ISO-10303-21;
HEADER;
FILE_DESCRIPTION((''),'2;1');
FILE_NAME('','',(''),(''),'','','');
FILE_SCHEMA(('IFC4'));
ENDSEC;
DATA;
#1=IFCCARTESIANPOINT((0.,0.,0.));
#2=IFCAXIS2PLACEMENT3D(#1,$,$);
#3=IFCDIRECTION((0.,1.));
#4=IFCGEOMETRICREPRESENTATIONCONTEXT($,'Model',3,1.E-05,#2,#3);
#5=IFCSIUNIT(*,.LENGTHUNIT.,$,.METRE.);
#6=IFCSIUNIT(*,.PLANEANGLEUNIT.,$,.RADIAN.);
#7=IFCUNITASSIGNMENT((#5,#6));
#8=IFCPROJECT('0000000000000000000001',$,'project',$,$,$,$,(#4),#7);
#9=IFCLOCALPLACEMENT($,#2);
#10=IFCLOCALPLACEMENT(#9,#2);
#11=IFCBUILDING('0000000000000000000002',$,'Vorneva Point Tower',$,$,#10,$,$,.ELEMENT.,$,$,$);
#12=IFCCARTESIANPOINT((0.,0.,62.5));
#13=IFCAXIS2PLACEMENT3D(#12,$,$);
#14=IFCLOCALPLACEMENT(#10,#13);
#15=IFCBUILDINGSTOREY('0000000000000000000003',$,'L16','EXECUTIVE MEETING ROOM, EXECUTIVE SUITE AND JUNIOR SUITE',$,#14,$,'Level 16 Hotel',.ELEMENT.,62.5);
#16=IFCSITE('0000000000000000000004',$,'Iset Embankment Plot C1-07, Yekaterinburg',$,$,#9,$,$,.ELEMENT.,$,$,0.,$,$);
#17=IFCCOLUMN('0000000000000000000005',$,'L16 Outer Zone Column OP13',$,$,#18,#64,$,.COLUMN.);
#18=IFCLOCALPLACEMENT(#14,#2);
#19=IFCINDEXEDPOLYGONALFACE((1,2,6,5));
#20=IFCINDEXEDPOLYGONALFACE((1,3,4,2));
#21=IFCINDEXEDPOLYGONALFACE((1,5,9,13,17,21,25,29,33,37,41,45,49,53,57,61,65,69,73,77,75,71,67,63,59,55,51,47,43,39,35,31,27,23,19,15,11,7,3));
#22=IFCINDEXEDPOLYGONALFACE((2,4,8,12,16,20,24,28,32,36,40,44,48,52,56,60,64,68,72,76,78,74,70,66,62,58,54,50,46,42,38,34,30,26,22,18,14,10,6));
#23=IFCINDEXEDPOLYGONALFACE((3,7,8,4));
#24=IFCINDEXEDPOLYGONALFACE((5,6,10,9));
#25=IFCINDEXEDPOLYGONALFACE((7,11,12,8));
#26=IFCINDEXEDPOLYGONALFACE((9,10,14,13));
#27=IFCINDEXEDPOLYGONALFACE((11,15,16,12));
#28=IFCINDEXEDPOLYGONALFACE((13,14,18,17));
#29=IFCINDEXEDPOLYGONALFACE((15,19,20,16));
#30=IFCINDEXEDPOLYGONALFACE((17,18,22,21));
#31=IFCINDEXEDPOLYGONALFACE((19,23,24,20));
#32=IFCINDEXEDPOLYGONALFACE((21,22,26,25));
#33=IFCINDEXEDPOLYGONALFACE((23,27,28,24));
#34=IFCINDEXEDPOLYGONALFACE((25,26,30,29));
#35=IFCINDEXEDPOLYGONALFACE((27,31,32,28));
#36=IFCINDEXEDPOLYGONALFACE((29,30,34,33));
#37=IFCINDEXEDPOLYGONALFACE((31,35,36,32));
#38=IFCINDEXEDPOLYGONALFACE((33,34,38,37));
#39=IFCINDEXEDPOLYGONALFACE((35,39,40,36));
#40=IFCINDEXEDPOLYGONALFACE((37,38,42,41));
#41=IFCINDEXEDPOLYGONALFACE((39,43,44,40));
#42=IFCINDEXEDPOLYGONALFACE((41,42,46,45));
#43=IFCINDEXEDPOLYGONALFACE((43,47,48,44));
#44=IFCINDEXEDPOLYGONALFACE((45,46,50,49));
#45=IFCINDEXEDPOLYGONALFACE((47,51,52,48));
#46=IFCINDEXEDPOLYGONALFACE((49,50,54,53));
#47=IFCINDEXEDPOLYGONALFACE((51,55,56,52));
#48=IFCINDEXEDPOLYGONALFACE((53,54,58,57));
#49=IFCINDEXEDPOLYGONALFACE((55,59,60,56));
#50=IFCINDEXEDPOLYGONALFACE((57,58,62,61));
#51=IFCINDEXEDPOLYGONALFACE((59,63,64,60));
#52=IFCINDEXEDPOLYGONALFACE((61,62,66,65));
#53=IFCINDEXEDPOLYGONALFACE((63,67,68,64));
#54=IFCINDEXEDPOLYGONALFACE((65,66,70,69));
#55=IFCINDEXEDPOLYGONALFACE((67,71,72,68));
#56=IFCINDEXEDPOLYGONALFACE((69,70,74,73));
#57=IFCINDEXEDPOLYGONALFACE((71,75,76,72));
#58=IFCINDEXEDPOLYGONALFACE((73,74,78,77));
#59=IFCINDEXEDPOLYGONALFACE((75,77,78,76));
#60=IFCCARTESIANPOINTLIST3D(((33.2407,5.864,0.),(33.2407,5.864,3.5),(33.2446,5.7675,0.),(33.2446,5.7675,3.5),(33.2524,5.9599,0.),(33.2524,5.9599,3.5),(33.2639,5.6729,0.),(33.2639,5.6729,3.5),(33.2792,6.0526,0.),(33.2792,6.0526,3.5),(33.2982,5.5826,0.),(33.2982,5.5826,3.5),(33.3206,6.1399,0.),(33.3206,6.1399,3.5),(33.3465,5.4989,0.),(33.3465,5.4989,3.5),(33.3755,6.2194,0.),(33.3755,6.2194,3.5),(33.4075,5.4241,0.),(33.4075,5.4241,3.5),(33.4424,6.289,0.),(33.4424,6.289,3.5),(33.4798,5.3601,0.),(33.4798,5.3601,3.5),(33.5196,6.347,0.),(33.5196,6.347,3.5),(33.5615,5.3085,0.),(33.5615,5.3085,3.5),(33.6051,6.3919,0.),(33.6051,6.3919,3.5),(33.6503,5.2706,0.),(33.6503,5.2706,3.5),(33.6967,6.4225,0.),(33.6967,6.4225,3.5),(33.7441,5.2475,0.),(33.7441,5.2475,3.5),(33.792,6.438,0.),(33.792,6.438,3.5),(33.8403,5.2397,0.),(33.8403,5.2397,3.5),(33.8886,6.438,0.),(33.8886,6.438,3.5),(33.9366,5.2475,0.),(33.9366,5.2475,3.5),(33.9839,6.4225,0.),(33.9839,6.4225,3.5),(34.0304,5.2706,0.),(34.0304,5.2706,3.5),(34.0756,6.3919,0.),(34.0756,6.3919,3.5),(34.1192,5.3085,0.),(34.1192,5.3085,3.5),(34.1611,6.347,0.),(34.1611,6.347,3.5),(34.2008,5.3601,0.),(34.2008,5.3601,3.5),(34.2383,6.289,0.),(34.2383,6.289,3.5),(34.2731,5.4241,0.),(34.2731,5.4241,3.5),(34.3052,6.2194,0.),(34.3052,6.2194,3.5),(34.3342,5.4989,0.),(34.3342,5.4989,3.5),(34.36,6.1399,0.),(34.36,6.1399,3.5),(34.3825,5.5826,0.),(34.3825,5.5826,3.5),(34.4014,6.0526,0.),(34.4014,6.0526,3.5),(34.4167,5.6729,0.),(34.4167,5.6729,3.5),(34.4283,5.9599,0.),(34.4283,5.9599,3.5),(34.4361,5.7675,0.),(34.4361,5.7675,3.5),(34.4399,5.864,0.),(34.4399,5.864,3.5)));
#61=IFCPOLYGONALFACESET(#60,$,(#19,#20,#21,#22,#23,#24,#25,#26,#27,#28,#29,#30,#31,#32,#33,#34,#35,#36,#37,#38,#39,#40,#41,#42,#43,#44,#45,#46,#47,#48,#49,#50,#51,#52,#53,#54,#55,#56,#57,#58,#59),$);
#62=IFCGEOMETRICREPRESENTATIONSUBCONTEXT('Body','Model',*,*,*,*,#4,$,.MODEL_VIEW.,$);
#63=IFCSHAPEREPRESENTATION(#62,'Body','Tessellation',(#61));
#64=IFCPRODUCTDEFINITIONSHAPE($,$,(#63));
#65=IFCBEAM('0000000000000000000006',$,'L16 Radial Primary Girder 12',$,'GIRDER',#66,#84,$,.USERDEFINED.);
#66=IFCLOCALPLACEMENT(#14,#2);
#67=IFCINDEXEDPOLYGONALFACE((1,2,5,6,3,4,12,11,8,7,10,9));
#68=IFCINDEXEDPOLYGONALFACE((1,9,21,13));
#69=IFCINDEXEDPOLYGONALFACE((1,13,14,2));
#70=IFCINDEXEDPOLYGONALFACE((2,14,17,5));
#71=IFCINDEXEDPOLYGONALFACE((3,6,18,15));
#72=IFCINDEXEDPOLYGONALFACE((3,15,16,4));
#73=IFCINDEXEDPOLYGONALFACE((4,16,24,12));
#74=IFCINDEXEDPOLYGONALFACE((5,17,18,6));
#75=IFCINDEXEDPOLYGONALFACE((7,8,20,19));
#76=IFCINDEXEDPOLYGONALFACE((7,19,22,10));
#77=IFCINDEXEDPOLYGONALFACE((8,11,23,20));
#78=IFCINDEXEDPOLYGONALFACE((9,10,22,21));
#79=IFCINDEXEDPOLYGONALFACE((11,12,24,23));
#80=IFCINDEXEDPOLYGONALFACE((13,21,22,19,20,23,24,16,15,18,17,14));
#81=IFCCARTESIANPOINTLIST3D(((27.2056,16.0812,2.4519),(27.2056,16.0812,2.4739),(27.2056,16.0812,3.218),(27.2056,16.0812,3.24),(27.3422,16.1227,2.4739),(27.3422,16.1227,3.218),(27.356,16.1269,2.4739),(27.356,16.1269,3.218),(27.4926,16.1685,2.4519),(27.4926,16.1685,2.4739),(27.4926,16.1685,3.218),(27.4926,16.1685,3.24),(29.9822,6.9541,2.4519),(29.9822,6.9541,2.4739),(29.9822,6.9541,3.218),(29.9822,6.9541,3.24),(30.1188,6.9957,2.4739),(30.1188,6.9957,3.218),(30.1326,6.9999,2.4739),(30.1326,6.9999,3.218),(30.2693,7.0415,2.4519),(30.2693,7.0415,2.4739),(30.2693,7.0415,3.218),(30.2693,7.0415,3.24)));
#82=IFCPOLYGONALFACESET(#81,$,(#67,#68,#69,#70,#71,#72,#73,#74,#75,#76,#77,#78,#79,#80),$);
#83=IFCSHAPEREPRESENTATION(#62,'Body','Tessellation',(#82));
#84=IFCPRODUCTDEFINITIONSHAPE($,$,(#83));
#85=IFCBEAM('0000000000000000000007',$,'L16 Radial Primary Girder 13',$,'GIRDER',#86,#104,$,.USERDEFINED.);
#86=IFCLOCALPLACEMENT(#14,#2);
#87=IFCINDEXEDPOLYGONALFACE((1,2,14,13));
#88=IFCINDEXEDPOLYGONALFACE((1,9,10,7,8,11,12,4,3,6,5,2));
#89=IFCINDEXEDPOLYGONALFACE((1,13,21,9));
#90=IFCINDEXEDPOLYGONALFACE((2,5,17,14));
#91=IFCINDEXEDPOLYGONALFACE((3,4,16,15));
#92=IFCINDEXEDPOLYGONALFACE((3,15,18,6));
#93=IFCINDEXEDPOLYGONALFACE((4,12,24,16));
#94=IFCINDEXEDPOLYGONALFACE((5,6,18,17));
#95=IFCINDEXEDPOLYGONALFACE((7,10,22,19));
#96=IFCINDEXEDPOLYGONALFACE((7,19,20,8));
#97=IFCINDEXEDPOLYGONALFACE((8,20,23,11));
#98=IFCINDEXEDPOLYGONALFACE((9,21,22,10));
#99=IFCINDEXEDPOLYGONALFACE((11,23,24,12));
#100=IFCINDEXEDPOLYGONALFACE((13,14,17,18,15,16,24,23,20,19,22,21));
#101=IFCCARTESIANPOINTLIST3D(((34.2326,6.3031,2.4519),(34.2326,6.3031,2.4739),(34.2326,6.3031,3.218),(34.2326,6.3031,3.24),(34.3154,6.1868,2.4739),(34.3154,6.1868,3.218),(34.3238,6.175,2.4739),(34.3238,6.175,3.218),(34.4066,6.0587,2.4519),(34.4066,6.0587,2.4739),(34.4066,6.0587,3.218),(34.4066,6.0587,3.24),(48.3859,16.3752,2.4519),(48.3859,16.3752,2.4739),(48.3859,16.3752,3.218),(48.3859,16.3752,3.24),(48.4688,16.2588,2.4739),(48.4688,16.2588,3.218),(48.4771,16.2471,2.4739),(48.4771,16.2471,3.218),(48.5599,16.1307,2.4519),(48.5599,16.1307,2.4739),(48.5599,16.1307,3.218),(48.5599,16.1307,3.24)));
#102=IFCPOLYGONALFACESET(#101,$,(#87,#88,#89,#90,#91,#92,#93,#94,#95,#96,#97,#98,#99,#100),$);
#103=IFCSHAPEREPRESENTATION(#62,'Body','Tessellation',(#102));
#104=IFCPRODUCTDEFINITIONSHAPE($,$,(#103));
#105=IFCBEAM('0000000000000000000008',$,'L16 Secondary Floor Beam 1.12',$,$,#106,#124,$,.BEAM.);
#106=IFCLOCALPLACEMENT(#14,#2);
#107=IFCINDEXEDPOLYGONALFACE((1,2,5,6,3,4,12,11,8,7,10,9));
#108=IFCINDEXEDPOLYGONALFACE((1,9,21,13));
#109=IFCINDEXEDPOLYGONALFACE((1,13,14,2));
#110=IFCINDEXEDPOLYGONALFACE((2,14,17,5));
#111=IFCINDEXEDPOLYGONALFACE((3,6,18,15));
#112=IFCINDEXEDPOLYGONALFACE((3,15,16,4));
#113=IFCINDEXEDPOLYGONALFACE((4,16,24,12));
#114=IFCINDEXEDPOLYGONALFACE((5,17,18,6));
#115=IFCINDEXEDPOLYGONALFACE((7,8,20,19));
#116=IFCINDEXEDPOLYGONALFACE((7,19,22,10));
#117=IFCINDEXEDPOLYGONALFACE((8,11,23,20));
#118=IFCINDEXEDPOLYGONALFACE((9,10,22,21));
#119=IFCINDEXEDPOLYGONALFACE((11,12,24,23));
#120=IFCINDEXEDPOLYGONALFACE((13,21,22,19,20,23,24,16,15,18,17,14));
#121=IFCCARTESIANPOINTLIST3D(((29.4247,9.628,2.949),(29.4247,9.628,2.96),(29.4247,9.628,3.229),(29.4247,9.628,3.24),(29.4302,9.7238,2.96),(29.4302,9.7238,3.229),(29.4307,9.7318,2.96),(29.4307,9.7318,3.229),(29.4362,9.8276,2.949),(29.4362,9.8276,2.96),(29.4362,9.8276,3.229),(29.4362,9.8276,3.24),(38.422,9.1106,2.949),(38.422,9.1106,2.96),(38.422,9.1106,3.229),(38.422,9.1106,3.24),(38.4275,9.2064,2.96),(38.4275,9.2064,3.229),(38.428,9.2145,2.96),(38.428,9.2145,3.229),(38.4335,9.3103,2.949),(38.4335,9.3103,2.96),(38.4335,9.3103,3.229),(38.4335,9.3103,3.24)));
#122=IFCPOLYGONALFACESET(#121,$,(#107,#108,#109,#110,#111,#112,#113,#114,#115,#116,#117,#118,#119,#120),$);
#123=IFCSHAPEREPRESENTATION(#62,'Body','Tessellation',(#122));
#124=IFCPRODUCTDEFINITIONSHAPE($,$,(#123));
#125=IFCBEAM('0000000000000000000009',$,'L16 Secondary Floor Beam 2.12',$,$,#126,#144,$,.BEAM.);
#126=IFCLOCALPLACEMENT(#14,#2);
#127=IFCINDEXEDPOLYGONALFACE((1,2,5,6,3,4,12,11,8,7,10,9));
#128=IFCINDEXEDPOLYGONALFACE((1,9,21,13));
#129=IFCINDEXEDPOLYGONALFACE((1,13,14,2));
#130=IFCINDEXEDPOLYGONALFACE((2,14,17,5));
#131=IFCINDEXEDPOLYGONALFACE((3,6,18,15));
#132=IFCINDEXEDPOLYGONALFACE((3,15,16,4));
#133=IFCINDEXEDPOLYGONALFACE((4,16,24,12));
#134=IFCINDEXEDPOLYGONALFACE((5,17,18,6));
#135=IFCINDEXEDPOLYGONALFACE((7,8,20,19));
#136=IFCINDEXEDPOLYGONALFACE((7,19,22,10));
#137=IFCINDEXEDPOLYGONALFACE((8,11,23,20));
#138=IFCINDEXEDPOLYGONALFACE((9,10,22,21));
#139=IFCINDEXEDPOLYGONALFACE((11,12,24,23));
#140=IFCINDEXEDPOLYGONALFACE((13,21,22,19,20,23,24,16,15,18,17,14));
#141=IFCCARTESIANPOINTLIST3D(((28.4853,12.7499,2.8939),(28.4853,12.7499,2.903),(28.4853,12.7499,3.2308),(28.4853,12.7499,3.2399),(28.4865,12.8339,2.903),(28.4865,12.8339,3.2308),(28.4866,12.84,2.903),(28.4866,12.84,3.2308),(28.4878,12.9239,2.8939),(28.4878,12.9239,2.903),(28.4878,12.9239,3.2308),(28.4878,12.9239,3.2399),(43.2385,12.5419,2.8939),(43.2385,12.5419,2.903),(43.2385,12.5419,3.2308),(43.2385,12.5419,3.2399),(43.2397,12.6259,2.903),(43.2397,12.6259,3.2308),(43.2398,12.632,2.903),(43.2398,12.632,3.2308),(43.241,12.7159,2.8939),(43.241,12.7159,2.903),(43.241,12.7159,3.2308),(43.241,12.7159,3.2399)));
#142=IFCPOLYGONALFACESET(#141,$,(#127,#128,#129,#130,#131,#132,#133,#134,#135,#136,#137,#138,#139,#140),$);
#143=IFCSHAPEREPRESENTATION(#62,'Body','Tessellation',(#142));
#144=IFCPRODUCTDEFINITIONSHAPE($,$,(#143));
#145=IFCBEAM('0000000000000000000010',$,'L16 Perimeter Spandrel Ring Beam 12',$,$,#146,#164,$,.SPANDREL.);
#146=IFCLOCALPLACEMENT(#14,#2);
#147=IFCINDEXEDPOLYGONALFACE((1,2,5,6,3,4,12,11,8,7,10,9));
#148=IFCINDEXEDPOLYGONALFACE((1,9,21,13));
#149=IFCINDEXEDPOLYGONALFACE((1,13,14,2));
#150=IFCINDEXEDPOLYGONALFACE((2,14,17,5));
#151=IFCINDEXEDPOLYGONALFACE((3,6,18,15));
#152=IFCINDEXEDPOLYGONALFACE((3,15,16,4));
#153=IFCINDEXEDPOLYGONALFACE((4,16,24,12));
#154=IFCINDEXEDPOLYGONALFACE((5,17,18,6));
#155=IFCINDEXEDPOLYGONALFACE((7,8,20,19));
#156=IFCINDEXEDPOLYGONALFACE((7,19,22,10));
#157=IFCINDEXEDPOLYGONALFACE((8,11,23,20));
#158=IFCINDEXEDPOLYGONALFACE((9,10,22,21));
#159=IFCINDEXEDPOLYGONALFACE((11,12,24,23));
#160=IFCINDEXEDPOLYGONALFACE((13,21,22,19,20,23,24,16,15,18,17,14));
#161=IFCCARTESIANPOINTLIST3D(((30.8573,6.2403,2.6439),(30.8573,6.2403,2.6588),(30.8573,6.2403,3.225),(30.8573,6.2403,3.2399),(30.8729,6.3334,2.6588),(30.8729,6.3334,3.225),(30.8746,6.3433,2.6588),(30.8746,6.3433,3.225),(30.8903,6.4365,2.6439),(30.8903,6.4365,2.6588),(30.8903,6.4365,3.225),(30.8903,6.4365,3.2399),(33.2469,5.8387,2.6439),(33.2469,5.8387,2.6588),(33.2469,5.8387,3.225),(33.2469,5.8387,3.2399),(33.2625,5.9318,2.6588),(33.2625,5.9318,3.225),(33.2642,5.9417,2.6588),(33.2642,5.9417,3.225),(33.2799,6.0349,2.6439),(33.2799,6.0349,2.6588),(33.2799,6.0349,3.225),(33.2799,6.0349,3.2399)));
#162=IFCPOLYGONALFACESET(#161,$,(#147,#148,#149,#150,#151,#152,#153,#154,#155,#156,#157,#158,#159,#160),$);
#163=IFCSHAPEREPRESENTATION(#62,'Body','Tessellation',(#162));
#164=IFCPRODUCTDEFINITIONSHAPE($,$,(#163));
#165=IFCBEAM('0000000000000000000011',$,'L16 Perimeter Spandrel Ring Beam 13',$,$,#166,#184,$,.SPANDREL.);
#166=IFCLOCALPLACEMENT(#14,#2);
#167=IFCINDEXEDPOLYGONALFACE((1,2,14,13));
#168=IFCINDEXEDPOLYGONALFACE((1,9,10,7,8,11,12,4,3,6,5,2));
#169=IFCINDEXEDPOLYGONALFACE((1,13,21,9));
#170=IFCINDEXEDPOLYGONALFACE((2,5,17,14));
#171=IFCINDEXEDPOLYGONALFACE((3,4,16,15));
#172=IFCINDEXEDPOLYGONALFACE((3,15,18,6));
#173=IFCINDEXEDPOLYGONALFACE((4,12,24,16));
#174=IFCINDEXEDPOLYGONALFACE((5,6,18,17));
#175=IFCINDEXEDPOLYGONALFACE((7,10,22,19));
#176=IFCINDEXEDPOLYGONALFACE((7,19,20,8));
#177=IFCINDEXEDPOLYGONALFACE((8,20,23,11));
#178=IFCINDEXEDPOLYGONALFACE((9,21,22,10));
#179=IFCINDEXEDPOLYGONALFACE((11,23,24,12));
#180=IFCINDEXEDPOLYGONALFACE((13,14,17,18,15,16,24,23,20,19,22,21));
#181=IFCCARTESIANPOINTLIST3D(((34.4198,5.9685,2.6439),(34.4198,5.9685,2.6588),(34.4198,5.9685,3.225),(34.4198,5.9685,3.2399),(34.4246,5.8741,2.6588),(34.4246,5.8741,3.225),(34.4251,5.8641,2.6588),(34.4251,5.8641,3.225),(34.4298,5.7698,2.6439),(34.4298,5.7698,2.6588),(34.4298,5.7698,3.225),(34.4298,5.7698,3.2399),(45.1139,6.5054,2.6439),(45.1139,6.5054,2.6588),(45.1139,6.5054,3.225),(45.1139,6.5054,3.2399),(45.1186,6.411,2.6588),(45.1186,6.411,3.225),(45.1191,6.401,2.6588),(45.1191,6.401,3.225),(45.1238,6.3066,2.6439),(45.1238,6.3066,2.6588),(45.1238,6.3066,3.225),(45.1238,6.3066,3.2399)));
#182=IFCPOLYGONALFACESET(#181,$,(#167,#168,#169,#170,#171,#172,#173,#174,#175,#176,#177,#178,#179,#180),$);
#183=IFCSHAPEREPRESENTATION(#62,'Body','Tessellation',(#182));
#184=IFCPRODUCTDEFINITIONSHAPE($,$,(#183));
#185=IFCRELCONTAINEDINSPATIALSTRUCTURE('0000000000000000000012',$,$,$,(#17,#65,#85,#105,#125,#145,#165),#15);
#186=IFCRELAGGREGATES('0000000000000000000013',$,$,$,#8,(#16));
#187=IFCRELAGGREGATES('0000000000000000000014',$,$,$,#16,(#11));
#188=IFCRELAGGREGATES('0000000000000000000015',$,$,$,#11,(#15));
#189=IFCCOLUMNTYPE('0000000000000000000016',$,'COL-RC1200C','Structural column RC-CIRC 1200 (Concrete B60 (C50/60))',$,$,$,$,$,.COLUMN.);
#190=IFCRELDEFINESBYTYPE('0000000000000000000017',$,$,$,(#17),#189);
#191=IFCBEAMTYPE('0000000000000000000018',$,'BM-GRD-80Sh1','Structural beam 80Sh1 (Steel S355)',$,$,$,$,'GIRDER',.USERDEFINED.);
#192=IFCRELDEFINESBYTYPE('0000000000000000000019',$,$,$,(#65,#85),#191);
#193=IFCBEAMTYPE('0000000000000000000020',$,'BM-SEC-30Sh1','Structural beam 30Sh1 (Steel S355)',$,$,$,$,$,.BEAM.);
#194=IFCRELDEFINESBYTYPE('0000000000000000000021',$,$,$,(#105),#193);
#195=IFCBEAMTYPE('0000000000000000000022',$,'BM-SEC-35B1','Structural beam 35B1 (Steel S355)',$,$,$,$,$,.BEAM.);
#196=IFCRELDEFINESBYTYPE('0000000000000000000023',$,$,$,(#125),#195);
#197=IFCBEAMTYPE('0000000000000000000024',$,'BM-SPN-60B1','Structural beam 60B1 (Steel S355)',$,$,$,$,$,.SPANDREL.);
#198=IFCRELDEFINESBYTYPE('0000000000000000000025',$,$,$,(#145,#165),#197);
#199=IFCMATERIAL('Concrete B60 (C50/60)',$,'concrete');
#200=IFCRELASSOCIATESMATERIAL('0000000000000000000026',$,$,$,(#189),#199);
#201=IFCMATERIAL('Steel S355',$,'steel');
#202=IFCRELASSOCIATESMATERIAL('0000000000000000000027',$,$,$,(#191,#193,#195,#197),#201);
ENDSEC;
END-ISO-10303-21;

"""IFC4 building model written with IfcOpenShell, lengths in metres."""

from ifc_helpers import new_model, si_unit, direction, frame, origin, origin_2d, place, context, subcontext, project, spatial, circle, i_section, extrude, material, material_profile, profile_set, type_object, element, save


model = new_model("IFC4")

# Units and contexts
model_context = context("Model", 3, precision=1e-05, world=origin(), true_north=direction((0.0, 1.0)))
body_context = subcontext(model_context, "Body", "Model", "MODEL_VIEW")
ifc_project = project(units=[si_unit("LENGTHUNIT", "METRE"), si_unit("PLANEANGLEUNIT", "RADIAN")], contexts=[model_context])

# Site, building, storey
site_placement = place(None, origin())
site = spatial("IfcSite", under=ifc_project, at=site_placement, Name="Iset Embankment Plot C1-07, Yekaterinburg", CompositionType="ELEMENT", RefElevation=0.0)
building_placement = place(site_placement, origin())
building = spatial("IfcBuilding", under=site, at=building_placement, Name="Vorneva Point Tower", CompositionType="ELEMENT")
storey_placement = place(building_placement, frame((0.0, 0.0, 62.5)))
storey = spatial("IfcBuildingStorey", under=building, at=storey_placement, Name="L16", Description="EXECUTIVE MEETING ROOM, EXECUTIVE SUITE AND JUNIOR SUITE", LongName="Level 16 Hotel", CompositionType="ELEMENT", Elevation=62.5)

# Column
ifc_material_1 = material(Name="Concrete B60 (C50/60)", Category="concrete")
ifc_material_profile_1 = material_profile(ifc_material_1, circle(Radius=0.6001, at=origin_2d()), Name="RC-CIRC 1200")
ifc_profile_set_1 = profile_set([ifc_material_profile_1], Name="Concrete B60 (C50/60)")
column_type = type_object("IfcColumnType", Name="COL-RC1200C", Description="Structural column RC-CIRC 1200 (Concrete B60 (C50/60))", PredefinedType="COLUMN", material=ifc_profile_set_1)
for number, where, z_axis, x_axis, name in (
    (1, (33.8403, 5.8398, 0.0), (0.0, 0.0, 1.0), (0.0, -1.0, 0.0), "L16 Outer Zone Column OP13"),
):
    element("IfcColumn", number, at=place(storey_placement, frame(where, z_axis=z_axis, x_axis=x_axis)), inside=storey, type_object=column_type, Name=name, PredefinedType="COLUMN", context=body_context, shape_type="SweptSolid", body=[
        extrude(circle(Radius=0.6001, at=origin_2d()), origin(), (0.0, 0.0, 1.0), 3.5),
    ])

# Beams
ifc_material_2 = material(Name="Steel S355", Category="steel")
ifc_material_profile_2 = material_profile(ifc_material_2, i_section(OverallWidth=0.3, OverallDepth=0.7881, WebThickness=0.0144, FlangeThickness=0.022, at=origin_2d()), Name="80Sh1")
ifc_profile_set_2 = profile_set([ifc_material_profile_2], Name="Steel S355")
beam_type_1 = type_object("IfcBeamType", Name="BM-GRD-80Sh1", Description="Structural beam 80Sh1 (Steel S355)", ElementType="GIRDER", PredefinedType="USERDEFINED", material=ifc_profile_set_2)
beam_1_placement = place(storey_placement, frame((30.1257, 6.9978, 2.8459), z_axis=(-0.291051, 0.956708, 0.0), x_axis=(-0.956708, -0.291051, 0.0)))
element("IfcBeam", 2, at=beam_1_placement, inside=storey, type_object=beam_type_1, Name="L16 Radial Primary Girder 12", ObjectType="GIRDER", PredefinedType="USERDEFINED", context=body_context, shape_type="SweptSolid", body=[
    extrude(i_section(OverallWidth=0.3, OverallDepth=0.7881, WebThickness=0.0144, FlangeThickness=0.022, at=origin_2d()), origin(), (0.0, 0.0, 1.0), 9.54),
])
beam_2_placement = place(storey_placement, frame((34.3196, 6.1809, 2.8459), z_axis=(0.814753, 0.579808, 0.0), x_axis=(-0.579808, 0.814753, 0.0)))
element("IfcBeam", 3, at=beam_2_placement, inside=storey, type_object=beam_type_1, Name="L16 Radial Primary Girder 13", ObjectType="GIRDER", PredefinedType="USERDEFINED", context=body_context, shape_type="SweptSolid", body=[
    extrude(i_section(OverallWidth=0.3, OverallDepth=0.7881, WebThickness=0.0144, FlangeThickness=0.022, at=origin_2d()), origin(), (0.0, 0.0, 1.0), 17.3713),
])
ifc_material_profile_3 = material_profile(ifc_material_2, i_section(OverallWidth=0.2, OverallDepth=0.291, WebThickness=0.0081, FlangeThickness=0.011, at=origin_2d()), Name="30Sh1")
ifc_profile_set_3 = profile_set([ifc_material_profile_3], Name="Steel S355")
beam_type_2 = type_object("IfcBeamType", Name="BM-SEC-30Sh1", Description="Structural beam 30Sh1 (Steel S355)", PredefinedType="BEAM", material=ifc_profile_set_3)
beam_3_placement = place(storey_placement, frame((29.4304, 9.7278, 3.0945), z_axis=(0.998351, -0.057404, 0.0), x_axis=(0.057404, 0.998351, 0.0)))
element("IfcBeam", 4, at=beam_3_placement, inside=storey, type_object=beam_type_2, Name="L16 Secondary Floor Beam 1.12", PredefinedType="BEAM", context=body_context, shape_type="SweptSolid", body=[
    extrude(i_section(OverallWidth=0.2, OverallDepth=0.291, WebThickness=0.0081, FlangeThickness=0.011, at=origin_2d()), origin(), (0.0, 0.0, 1.0), 9.0122),
])
ifc_material_profile_4 = material_profile(ifc_material_2, i_section(OverallWidth=0.1741, OverallDepth=0.3459, WebThickness=0.0061, FlangeThickness=0.009, at=origin_2d()), Name="35B1")
ifc_profile_set_4 = profile_set([ifc_material_profile_4], Name="Steel S355")
beam_type_3 = type_object("IfcBeamType", Name="BM-SEC-35B1", Description="Structural beam 35B1 (Steel S355)", PredefinedType="BEAM", material=ifc_profile_set_4)
beam_4_placement = place(storey_placement, frame((28.4866, 12.8369, 3.0669), z_axis=(0.999901, -0.014098, 0.0), x_axis=(0.014098, 0.999901, 0.0)))
element("IfcBeam", 5, at=beam_4_placement, inside=storey, type_object=beam_type_3, Name="L16 Secondary Floor Beam 2.12", PredefinedType="BEAM", context=body_context, shape_type="SweptSolid", body=[
    extrude(i_section(OverallWidth=0.1741, OverallDepth=0.3459, WebThickness=0.0061, FlangeThickness=0.009, at=origin_2d()), origin(), (0.0, 0.0, 1.0), 14.7546),
])
ifc_material_profile_5 = material_profile(ifc_material_2, i_section(OverallWidth=0.199, OverallDepth=0.5959, WebThickness=0.01, FlangeThickness=0.0149, at=origin_2d()), Name="60B1")
ifc_profile_set_5 = profile_set([ifc_material_profile_5], Name="Steel S355")
beam_type_4 = type_object("IfcBeamType", Name="BM-SPN-60B1", Description="Structural beam 60B1 (Steel S355)", PredefinedType="SPANDREL", material=ifc_profile_set_5)
beam_5_placement = place(storey_placement, frame((30.8738, 6.3384, 2.9419), z_axis=(0.98617, -0.165739, 0.0), x_axis=(0.165739, 0.98617, 0.0)))
element("IfcBeam", 6, at=beam_5_placement, inside=storey, type_object=beam_type_4, Name="L16 Perimeter Spandrel Ring Beam 12", PredefinedType="SPANDREL", context=body_context, shape_type="SweptSolid", body=[
    extrude(i_section(OverallWidth=0.199, OverallDepth=0.5959, WebThickness=0.01, FlangeThickness=0.0149, at=origin_2d()), origin(), (0.0, 0.0, 1.0), 2.4231),
])
beam_6_placement = place(storey_placement, frame((34.4248, 5.8691, 2.9419), z_axis=(0.998742, 0.050139, 0.0), x_axis=(-0.050139, 0.998742, 0.0)))
element("IfcBeam", 7, at=beam_6_placement, inside=storey, type_object=beam_type_4, Name="L16 Perimeter Spandrel Ring Beam 13", PredefinedType="SPANDREL", context=body_context, shape_type="SweptSolid", body=[
    extrude(i_section(OverallWidth=0.199, OverallDepth=0.5959, WebThickness=0.01, FlangeThickness=0.0149, at=origin_2d()), origin(), (0.0, 0.0, 1.0), 10.7075),
])

save(model, "model.ifc")
